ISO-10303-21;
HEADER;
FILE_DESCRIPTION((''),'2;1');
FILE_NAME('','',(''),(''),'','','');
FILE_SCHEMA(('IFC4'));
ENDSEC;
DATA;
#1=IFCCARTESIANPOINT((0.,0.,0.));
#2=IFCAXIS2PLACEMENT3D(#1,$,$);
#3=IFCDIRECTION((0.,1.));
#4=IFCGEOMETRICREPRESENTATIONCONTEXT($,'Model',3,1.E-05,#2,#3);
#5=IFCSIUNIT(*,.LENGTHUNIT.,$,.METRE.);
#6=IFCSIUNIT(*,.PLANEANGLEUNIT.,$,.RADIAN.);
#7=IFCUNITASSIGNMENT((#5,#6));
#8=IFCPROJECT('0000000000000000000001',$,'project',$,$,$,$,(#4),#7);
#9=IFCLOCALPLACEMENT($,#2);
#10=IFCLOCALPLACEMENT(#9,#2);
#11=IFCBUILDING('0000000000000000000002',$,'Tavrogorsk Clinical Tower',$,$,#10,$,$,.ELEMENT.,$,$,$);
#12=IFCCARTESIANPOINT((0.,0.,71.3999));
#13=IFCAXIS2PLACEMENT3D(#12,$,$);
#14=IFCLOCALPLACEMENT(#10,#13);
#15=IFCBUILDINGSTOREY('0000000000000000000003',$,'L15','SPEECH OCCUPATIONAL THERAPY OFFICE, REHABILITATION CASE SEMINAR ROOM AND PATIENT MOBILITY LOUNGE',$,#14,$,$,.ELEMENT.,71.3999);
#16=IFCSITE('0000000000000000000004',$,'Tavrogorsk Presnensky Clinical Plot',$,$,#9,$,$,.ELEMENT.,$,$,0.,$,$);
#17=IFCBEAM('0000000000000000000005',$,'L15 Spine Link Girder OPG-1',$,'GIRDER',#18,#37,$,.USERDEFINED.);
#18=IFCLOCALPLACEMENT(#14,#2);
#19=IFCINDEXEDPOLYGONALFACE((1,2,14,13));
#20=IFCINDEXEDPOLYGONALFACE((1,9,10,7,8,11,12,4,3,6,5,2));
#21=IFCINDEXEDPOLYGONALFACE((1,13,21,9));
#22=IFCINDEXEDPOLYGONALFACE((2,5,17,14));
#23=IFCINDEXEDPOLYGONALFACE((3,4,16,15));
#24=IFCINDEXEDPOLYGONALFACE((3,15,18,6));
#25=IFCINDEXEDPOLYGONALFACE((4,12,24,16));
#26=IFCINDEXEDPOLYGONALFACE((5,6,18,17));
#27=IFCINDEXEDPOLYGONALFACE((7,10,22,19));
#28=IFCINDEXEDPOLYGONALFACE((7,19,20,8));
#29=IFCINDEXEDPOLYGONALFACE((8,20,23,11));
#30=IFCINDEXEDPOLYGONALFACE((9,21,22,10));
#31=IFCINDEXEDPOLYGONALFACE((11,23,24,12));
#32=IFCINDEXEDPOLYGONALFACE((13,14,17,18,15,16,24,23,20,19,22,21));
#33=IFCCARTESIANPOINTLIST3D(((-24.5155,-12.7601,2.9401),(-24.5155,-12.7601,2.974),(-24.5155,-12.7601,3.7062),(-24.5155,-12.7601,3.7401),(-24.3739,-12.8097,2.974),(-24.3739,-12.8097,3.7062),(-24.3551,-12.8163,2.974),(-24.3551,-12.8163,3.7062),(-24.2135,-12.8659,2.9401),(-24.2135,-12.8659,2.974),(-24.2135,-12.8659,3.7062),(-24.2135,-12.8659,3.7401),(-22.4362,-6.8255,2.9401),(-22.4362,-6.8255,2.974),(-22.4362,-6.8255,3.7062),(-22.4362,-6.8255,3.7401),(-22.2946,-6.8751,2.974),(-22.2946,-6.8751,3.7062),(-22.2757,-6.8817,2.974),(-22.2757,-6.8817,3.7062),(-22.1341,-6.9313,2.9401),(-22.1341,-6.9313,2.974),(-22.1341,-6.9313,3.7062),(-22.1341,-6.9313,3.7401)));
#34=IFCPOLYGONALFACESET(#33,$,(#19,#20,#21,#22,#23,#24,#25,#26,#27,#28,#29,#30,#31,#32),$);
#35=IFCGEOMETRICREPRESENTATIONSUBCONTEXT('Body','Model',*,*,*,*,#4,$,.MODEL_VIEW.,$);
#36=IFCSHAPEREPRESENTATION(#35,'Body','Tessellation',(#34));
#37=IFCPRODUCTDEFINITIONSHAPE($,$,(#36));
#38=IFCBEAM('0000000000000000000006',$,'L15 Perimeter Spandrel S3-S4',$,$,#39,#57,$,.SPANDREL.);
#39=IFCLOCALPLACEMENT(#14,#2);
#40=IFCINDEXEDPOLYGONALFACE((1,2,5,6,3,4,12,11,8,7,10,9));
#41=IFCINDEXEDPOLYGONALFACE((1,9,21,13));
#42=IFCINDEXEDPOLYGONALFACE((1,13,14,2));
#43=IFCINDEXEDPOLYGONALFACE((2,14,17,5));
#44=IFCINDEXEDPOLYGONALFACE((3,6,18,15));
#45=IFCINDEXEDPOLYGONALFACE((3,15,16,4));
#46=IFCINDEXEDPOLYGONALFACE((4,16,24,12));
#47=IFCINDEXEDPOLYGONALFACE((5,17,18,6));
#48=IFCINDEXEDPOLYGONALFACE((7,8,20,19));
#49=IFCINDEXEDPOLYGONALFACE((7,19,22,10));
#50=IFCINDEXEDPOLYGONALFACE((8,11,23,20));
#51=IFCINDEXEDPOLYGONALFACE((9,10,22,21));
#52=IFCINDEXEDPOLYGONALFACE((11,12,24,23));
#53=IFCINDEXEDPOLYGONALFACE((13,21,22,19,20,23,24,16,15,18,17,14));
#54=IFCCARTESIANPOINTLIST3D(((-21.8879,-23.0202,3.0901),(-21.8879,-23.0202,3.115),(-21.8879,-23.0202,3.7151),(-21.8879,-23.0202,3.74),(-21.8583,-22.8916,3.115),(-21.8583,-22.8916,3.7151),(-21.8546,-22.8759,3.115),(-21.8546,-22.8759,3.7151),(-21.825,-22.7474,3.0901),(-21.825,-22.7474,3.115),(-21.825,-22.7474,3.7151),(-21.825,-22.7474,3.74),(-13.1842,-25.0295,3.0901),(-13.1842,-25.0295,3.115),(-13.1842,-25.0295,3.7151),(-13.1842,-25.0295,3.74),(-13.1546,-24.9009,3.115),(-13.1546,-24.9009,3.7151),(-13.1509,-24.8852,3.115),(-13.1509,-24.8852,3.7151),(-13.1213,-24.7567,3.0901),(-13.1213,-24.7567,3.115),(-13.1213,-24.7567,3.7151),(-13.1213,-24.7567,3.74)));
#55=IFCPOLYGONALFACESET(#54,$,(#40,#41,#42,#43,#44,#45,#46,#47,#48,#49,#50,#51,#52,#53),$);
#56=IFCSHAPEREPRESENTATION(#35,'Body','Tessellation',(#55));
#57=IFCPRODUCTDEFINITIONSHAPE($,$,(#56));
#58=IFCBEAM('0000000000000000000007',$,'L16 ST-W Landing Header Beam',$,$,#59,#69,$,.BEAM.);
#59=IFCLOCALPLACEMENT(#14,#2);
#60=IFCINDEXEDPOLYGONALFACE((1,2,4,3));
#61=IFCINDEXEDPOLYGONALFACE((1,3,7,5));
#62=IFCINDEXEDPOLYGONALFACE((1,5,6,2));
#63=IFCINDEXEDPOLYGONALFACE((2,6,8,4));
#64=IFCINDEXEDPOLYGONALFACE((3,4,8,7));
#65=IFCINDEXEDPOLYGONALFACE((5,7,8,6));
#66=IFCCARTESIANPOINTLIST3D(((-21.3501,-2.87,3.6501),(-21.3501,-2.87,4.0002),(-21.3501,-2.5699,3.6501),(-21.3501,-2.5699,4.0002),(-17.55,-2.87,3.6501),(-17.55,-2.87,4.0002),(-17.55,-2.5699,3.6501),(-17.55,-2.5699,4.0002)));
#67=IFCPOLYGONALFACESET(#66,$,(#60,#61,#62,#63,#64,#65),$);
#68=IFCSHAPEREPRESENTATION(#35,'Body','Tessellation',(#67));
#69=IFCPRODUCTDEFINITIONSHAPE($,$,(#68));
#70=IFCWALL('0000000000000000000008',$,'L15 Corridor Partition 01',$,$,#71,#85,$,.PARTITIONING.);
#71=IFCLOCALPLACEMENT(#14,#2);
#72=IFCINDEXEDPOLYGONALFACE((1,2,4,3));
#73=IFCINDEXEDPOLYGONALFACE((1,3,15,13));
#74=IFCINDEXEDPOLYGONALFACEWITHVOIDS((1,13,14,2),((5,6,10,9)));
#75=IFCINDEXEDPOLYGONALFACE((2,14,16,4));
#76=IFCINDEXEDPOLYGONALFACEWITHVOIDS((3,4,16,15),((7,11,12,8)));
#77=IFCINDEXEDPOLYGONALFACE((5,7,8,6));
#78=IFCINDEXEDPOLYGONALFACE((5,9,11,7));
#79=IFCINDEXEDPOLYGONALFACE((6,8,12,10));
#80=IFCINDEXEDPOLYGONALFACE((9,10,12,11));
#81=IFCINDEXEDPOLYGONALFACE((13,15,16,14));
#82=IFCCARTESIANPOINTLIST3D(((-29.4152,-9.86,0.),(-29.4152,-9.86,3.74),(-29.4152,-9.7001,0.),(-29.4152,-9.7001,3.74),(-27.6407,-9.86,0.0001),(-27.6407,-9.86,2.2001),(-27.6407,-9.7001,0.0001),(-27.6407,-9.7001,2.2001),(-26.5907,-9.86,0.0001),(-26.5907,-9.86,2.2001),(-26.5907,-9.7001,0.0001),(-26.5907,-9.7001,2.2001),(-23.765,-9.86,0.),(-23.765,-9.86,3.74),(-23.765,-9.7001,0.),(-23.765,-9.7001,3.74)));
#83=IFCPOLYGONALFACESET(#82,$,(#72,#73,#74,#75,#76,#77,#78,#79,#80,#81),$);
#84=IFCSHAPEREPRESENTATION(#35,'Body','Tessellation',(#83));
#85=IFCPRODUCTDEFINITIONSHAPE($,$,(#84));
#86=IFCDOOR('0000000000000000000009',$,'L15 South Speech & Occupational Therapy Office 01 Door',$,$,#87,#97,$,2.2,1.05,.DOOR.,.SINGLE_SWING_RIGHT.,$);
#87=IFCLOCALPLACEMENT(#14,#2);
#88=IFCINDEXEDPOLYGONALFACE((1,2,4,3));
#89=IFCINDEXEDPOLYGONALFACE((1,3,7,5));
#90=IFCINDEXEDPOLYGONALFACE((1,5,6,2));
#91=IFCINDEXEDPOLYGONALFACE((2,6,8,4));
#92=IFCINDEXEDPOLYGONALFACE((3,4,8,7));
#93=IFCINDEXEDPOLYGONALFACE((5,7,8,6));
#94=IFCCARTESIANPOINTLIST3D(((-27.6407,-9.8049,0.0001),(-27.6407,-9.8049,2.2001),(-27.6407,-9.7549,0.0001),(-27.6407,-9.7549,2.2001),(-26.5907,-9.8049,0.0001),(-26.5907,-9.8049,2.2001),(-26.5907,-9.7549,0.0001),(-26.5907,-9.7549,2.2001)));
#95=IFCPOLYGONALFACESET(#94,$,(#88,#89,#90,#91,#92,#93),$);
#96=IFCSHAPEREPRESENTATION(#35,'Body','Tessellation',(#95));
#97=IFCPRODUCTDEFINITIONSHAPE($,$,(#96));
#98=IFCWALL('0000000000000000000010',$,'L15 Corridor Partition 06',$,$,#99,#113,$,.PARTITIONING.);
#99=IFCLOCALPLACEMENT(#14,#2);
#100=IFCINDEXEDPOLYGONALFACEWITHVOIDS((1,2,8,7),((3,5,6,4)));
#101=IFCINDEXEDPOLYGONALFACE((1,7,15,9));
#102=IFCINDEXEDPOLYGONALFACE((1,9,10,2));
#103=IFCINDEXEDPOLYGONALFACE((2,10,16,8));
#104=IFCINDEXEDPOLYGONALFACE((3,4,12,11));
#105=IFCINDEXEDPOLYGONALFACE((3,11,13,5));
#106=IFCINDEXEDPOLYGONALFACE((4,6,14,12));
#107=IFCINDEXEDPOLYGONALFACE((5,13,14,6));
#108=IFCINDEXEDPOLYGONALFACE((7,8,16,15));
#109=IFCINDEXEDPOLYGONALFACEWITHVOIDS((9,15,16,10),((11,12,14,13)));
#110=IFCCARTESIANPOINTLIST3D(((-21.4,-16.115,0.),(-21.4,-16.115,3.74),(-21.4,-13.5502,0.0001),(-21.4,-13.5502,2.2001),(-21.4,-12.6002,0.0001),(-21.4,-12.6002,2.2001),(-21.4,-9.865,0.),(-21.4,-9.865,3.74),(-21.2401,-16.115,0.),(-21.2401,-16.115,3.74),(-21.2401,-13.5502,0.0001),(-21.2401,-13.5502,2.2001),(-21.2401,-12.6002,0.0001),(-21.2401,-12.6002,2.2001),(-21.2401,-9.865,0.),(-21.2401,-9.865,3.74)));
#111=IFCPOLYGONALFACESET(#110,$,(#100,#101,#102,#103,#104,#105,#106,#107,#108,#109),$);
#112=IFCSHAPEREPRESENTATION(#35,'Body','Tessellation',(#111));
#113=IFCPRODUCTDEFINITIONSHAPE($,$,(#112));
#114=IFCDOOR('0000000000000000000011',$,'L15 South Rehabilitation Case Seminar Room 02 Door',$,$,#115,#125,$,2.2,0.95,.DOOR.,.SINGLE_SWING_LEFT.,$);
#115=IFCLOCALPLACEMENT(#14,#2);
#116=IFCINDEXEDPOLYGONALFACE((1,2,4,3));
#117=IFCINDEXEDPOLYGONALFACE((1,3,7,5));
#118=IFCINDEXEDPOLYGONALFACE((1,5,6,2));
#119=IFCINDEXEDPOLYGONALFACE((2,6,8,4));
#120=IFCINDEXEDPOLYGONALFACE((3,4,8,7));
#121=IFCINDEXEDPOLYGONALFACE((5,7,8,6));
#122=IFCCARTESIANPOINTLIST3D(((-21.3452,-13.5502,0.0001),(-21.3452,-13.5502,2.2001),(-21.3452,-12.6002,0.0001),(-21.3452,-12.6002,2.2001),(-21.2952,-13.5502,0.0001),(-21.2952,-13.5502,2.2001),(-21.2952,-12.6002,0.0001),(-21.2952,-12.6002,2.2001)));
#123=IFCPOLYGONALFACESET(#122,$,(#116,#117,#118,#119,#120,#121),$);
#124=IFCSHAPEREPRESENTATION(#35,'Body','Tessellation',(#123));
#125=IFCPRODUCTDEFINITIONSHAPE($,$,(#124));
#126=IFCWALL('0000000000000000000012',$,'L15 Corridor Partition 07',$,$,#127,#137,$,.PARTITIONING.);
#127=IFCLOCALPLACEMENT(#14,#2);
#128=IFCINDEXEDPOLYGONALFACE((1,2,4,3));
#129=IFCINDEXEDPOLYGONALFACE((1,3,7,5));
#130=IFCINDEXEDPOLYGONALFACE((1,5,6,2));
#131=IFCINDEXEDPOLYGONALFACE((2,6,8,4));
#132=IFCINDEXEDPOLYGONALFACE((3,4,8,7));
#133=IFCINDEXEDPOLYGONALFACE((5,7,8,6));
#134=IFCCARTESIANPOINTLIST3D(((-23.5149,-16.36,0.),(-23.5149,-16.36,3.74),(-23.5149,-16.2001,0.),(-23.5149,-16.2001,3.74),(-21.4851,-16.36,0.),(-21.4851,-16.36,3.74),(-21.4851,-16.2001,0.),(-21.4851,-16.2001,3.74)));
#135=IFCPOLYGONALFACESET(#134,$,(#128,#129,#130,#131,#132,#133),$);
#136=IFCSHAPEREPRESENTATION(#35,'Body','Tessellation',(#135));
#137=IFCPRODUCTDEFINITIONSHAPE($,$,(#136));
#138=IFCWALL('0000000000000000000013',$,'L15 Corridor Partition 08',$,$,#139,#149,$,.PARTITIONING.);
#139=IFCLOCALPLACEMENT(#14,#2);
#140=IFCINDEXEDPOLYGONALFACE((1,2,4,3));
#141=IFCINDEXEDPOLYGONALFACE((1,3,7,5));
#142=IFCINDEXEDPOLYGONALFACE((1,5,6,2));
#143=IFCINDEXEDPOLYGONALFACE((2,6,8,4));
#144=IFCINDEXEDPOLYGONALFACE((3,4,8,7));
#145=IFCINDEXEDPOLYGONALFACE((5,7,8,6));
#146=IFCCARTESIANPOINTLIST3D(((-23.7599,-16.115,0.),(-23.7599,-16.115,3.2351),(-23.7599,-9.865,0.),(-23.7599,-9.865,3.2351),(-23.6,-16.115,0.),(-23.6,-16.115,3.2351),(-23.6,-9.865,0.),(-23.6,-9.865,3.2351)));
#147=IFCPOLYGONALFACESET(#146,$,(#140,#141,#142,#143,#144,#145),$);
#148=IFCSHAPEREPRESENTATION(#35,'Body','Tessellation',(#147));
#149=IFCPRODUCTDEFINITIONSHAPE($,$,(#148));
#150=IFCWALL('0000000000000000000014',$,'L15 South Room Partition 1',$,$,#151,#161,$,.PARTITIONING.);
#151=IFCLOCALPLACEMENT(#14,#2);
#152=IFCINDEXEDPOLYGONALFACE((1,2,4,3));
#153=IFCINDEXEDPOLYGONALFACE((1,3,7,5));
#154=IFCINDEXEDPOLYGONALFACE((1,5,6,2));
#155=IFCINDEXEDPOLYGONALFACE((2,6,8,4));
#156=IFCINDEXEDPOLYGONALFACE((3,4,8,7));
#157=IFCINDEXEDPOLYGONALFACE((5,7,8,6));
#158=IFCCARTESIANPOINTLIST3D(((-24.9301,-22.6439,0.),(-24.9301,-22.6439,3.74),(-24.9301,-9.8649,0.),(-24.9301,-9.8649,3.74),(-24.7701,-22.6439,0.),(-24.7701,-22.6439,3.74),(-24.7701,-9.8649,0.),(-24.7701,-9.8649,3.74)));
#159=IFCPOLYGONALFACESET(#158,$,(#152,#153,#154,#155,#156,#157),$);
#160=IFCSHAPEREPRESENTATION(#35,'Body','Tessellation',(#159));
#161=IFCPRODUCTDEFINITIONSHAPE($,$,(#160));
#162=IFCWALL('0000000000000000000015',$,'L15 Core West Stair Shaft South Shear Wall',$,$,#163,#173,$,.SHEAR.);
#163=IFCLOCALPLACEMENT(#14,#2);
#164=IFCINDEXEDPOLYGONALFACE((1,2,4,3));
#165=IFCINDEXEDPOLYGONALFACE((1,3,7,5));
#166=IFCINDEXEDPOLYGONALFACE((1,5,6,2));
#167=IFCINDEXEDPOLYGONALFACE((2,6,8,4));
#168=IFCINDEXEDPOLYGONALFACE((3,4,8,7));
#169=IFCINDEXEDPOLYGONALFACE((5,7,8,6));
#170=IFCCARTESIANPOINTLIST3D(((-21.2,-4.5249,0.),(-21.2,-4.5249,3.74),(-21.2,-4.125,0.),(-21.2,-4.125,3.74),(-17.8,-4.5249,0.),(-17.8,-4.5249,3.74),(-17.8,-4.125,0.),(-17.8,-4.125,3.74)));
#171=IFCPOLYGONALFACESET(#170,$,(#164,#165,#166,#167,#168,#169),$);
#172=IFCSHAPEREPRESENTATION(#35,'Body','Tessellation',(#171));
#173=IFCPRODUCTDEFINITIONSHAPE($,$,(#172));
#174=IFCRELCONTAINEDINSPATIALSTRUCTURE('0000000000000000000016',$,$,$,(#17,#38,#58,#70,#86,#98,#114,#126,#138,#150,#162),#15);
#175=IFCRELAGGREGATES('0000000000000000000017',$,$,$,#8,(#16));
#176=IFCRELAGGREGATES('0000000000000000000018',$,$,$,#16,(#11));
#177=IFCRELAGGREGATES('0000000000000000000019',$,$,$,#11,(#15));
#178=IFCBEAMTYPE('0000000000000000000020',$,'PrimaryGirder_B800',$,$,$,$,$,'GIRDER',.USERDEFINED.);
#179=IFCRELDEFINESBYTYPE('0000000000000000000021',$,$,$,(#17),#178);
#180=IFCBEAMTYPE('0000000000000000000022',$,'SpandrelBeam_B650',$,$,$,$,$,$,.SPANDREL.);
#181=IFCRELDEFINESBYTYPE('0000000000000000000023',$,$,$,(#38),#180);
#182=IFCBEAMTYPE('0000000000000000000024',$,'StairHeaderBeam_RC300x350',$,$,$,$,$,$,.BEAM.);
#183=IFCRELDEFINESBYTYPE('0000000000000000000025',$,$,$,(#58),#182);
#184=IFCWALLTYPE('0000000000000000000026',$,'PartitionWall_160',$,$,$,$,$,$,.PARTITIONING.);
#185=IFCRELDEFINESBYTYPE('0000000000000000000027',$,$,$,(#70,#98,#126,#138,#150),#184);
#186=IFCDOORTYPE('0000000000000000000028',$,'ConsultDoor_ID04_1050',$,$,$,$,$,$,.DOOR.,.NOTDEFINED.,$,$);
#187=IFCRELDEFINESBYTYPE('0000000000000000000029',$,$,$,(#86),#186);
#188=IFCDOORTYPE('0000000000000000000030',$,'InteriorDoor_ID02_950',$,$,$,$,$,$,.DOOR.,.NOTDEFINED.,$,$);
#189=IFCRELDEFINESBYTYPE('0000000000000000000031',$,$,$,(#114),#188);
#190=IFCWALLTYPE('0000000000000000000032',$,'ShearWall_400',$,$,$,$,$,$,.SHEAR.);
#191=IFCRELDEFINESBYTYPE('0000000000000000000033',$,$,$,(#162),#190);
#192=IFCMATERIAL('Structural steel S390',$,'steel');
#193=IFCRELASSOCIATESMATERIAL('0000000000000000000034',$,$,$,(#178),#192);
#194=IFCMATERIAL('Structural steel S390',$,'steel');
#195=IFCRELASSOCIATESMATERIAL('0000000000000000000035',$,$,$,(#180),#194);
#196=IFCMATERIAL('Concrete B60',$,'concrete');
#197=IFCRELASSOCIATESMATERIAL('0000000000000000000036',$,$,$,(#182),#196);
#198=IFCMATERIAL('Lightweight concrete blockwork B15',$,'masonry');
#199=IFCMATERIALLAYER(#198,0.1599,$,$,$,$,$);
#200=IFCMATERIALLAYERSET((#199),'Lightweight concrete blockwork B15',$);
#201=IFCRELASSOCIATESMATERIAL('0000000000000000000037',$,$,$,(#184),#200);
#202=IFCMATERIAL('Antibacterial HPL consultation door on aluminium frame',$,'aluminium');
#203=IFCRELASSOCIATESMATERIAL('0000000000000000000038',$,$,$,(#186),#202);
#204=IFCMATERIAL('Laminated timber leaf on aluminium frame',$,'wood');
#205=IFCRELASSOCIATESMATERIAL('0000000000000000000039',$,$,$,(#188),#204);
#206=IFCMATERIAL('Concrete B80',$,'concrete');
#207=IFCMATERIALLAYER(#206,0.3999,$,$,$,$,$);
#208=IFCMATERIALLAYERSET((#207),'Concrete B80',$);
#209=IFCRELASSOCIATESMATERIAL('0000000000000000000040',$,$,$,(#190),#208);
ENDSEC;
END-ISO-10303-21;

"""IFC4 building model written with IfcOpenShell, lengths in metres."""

from ifc_helpers import new_model, si_unit, direction, frame, frame_2d, origin, origin_2d, place, context, subcontext, project, spatial, rectangle, i_section, extrude, material, layer, layer_set, material_profile, profile_set, type_object, element, fill, save


model = new_model("IFC4")

# Units and contexts
model_context = context("Model", 3, precision=1e-05, world=origin(), true_north=direction((0.0, 1.0)))
body_context = subcontext(model_context, "Body", "Model", "MODEL_VIEW")
ifc_project = project(units=[si_unit("LENGTHUNIT", "METRE"), si_unit("PLANEANGLEUNIT", "RADIAN")], contexts=[model_context])

# Site, building, storey
site_placement = place(None, origin())
site = spatial("IfcSite", under=ifc_project, at=site_placement, Name="Tavrogorsk Presnensky Clinical Plot", CompositionType="ELEMENT", RefElevation=0.0)
building_placement = place(site_placement, origin())
building = spatial("IfcBuilding", under=site, at=building_placement, Name="Tavrogorsk Clinical Tower", CompositionType="ELEMENT")
storey_placement = place(building_placement, frame((0.0, 0.0, 71.3999)))
storey = spatial("IfcBuildingStorey", under=building, at=storey_placement, Name="L15", Description="SPEECH OCCUPATIONAL THERAPY OFFICE, REHABILITATION CASE SEMINAR ROOM AND PATIENT MOBILITY LOUNGE", CompositionType="ELEMENT", Elevation=71.3999)

# Beams
ifc_material_1 = material(Name="Structural steel S390", Category="steel")
ifc_material_profile_1 = material_profile(ifc_material_1, i_section(OverallWidth=0.3201, OverallDepth=0.8, WebThickness=0.02, FlangeThickness=0.0339, at=origin_2d()), Name="B-800x320x20x34")
ifc_profile_set_1 = profile_set([ifc_material_profile_1], Name="Structural steel S390")
beam_type_1 = type_object("IfcBeamType", Name="PrimaryGirder_B800", ElementType="GIRDER", PredefinedType="USERDEFINED", material=ifc_profile_set_1)
beam_1_placement = place(storey_placement, frame((-24.3645, -12.813, 3.3401), z_axis=(0.330669, 0.943747, 0.0), x_axis=(-0.943747, 0.330669, 0.0)))
element("IfcBeam", 1, at=beam_1_placement, inside=storey, type_object=beam_type_1, Name="L15 Spine Link Girder OPG-1", ObjectType="GIRDER", PredefinedType="USERDEFINED", context=body_context, shape_type="SweptSolid", body=[
    extrude(i_section(OverallWidth=0.3201, OverallDepth=0.8, WebThickness=0.02, FlangeThickness=0.0339, at=origin_2d()), origin(), (0.0, 0.0, 1.0), 6.2883),
])
ifc_material_2 = material(Name="Structural steel S390", Category="steel")
ifc_material_profile_2 = material_profile(ifc_material_2, i_section(OverallWidth=0.28, OverallDepth=0.6499, WebThickness=0.0161, FlangeThickness=0.0249, at=origin_2d()), Name="B-650x280x16x25")
ifc_profile_set_2 = profile_set([ifc_material_profile_2], Name="Structural steel S390")
beam_type_2 = type_object("IfcBeamType", Name="SpandrelBeam_B650", PredefinedType="SPANDREL", material=ifc_profile_set_2)
beam_2_placement = place(storey_placement, frame((-21.8564, -22.8838, 3.415), z_axis=(0.974373, -0.224939, 0.0), x_axis=(0.224939, 0.974373, 0.0)))
element("IfcBeam", 2, at=beam_2_placement, inside=storey, type_object=beam_type_2, Name="L15 Perimeter Spandrel S3-S4", PredefinedType="SPANDREL", context=body_context, shape_type="SweptSolid", body=[
    extrude(i_section(OverallWidth=0.28, OverallDepth=0.6499, WebThickness=0.0161, FlangeThickness=0.0249, at=origin_2d()), origin(), (0.0, 0.0, 1.0), 8.9326),
])
ifc_material_3 = material(Name="Concrete B60", Category="concrete")
ifc_material_profile_3 = material_profile(ifc_material_3, rectangle(XDim=0.3, YDim=0.3501, at=origin_2d()), Name="RC-SHB-300x350")
ifc_profile_set_3 = profile_set([ifc_material_profile_3], Name="Concrete B60")
beam_type_3 = type_object("IfcBeamType", Name="StairHeaderBeam_RC300x350", PredefinedType="BEAM", material=ifc_profile_set_3)
beam_3_placement = place(storey_placement, frame((-21.3501, -2.72, 3.8252), z_axis=(1.0, 0.0, 0.0), x_axis=(0.0, 1.0, 0.0)))
element("IfcBeam", 3, at=beam_3_placement, inside=storey, type_object=beam_type_3, Name="L16 ST-W Landing Header Beam", PredefinedType="BEAM", context=body_context, shape_type="SweptSolid", body=[
    extrude(rectangle(XDim=0.3, YDim=0.3501, at=origin_2d()), origin(), (0.0, 0.0, 1.0), 3.8),
])

# Walls, openings, doors
ifc_material_4 = material(Name="Lightweight concrete blockwork B15", Category="masonry")
ifc_layer_1 = layer(ifc_material_4, 0.1599)
ifc_layer_set_1 = layer_set([ifc_layer_1], Name="Lightweight concrete blockwork B15")
wall_type_1 = type_object("IfcWallType", Name="PartitionWall_160", PredefinedType="PARTITIONING", material=ifc_layer_set_1)
wall_1_placement = place(storey_placement, frame((-23.7649, -9.78, 0.0), z_axis=(0.0, 0.0, 1.0), x_axis=(-1.0, 0.0, 0.0)))
wall_1 = element("IfcWall", 4, at=wall_1_placement, inside=storey, type_object=wall_type_1, Name="L15 Corridor Partition 01", PredefinedType="PARTITIONING", context=body_context, shape_type="SweptSolid", body=[
    extrude(rectangle(XDim=5.6501, YDim=0.1599, at=frame_2d((2.8252, 0.0))), origin(), (0.0, 0.0, 1.0), 3.74),
])
opening_1_placement = place(wall_1_placement, frame((2.8259, 0.0, 0.0)))
opening_1 = element("IfcOpeningElement", 5, at=opening_1_placement, cuts=wall_1, PredefinedType="OPENING", context=body_context, shape_type="SweptSolid", body=[
    extrude(rectangle(XDim=1.05, YDim=2.2, at=frame_2d((0.5249, 1.1001))), frame((0.0, 0.0898, 0.0), z_axis=(0.0, -1.0, 0.0), x_axis=(1.0, 0.0, 0.0)), (0.0, 0.0, 1.0), 0.1799),
])
ifc_material_5 = material(Name="Antibacterial HPL consultation door on aluminium frame", Category="aluminium")
door_type_1 = type_object("IfcDoorType", Name="ConsultDoor_ID04_1050", OperationType="NOTDEFINED", PredefinedType="DOOR", material=ifc_material_5)
door_1_placement = place(opening_1_placement, origin())
door_1 = element("IfcDoor", 6, at=door_1_placement, inside=storey, type_object=door_type_1, Name="L15 South Speech & Occupational Therapy Office 01 Door", OperationType="SINGLE_SWING_RIGHT", OverallHeight=2.2, OverallWidth=1.05, PredefinedType="DOOR", context=body_context, shape_type="SweptSolid", body=[
    extrude(rectangle(XDim=1.05, YDim=2.2, at=frame_2d((0.5249, 1.1001))), frame((0.0, 0.0249, 0.0), z_axis=(0.0, -1.0, 0.0), x_axis=(1.0, 0.0, 0.0)), (0.0, 0.0, 1.0), 0.05),
])
fill(opening_1, door_1)
wall_2_placement = place(storey_placement, frame((-21.3201, -9.865, 0.0), z_axis=(0.0, 0.0, 1.0), x_axis=(0.0, -1.0, 0.0)))
wall_2 = element("IfcWall", 7, at=wall_2_placement, inside=storey, type_object=wall_type_1, Name="L15 Corridor Partition 06", PredefinedType="PARTITIONING", context=body_context, shape_type="SweptSolid", body=[
    extrude(rectangle(XDim=6.25, YDim=0.1599, at=frame_2d((3.125, 0.0))), origin(), (0.0, 0.0, 1.0), 3.74),
])
opening_2_placement = place(wall_2_placement, frame((2.7351, 0.0, 0.0)))
opening_2 = element("IfcOpeningElement", 8, at=opening_2_placement, cuts=wall_2, PredefinedType="OPENING", context=body_context, shape_type="SweptSolid", body=[
    extrude(rectangle(XDim=0.95, YDim=2.2, at=frame_2d((0.4751, 1.1001))), frame((0.0, 0.0898, 0.0), z_axis=(0.0, -1.0, 0.0), x_axis=(1.0, 0.0, 0.0)), (0.0, 0.0, 1.0), 0.1799),
])
ifc_material_6 = material(Name="Laminated timber leaf on aluminium frame", Category="wood")
door_type_2 = type_object("IfcDoorType", Name="InteriorDoor_ID02_950", OperationType="NOTDEFINED", PredefinedType="DOOR", material=ifc_material_6)
door_2_placement = place(opening_2_placement, origin())
door_2 = element("IfcDoor", 9, at=door_2_placement, inside=storey, type_object=door_type_2, Name="L15 South Rehabilitation Case Seminar Room 02 Door", OperationType="SINGLE_SWING_LEFT", OverallHeight=2.2, OverallWidth=0.95, PredefinedType="DOOR", context=body_context, shape_type="SweptSolid", body=[
    extrude(rectangle(XDim=0.95, YDim=2.2, at=frame_2d((0.4751, 1.1001))), frame((0.0, 0.0249, 0.0), z_axis=(0.0, -1.0, 0.0), x_axis=(1.0, 0.0, 0.0)), (0.0, 0.0, 1.0), 0.05),
])
fill(opening_2, door_2)

# Walls
wall_3_placement = place(storey_placement, frame((-21.4851, -16.28, 0.0), z_axis=(0.0, 0.0, 1.0), x_axis=(-1.0, 0.0, 0.0)))
element("IfcWall", 10, at=wall_3_placement, inside=storey, type_object=wall_type_1, Name="L15 Corridor Partition 07", PredefinedType="PARTITIONING", context=body_context, shape_type="SweptSolid", body=[
    extrude(rectangle(XDim=2.0298, YDim=0.1599, at=frame_2d((1.0149, 0.0))), origin(), (0.0, 0.0, 1.0), 3.74),
])
wall_4_placement = place(storey_placement, frame((-23.6799, -16.115, 0.0), z_axis=(0.0, 0.0, 1.0), x_axis=(0.0, 1.0, 0.0)))
element("IfcWall", 11, at=wall_4_placement, inside=storey, type_object=wall_type_1, Name="L15 Corridor Partition 08", PredefinedType="PARTITIONING", context=body_context, shape_type="SweptSolid", body=[
    extrude(rectangle(XDim=6.25, YDim=0.1599, at=frame_2d((3.125, 0.0))), origin(), (0.0, 0.0, 1.0), 3.2351),
])
wall_5_placement = place(storey_placement, frame((-24.8501, -22.644, 0.0), z_axis=(0.0, 0.0, 1.0), x_axis=(0.0, 1.0, 0.0)))
element("IfcWall", 12, at=wall_5_placement, inside=storey, type_object=wall_type_1, Name="L15 South Room Partition 1", PredefinedType="PARTITIONING", context=body_context, shape_type="SweptSolid", body=[
    extrude(rectangle(XDim=12.7791, YDim=0.1599, at=frame_2d((6.3896, 0.0))), origin(), (0.0, 0.0, 1.0), 3.74),
])
ifc_material_7 = material(Name="Concrete B80", Category="concrete")
ifc_layer_2 = layer(ifc_material_7, 0.3999)
ifc_layer_set_2 = layer_set([ifc_layer_2], Name="Concrete B80")
wall_type_2 = type_object("IfcWallType", Name="ShearWall_400", PredefinedType="SHEAR", material=ifc_layer_set_2)
wall_6_placement = place(storey_placement, frame((-21.2, -4.325, 0.0), z_axis=(0.0, 0.0, 1.0), x_axis=(1.0, 0.0, 0.0)))
element("IfcWall", 13, at=wall_6_placement, inside=storey, type_object=wall_type_2, Name="L15 Core West Stair Shaft South Shear Wall", PredefinedType="SHEAR", context=body_context, shape_type="SweptSolid", body=[
    extrude(rectangle(XDim=3.3999, YDim=0.3999, at=frame_2d((1.7, 0.0))), origin(), (0.0, 0.0, 1.0), 3.74),
])

save(model, "model.ifc")
